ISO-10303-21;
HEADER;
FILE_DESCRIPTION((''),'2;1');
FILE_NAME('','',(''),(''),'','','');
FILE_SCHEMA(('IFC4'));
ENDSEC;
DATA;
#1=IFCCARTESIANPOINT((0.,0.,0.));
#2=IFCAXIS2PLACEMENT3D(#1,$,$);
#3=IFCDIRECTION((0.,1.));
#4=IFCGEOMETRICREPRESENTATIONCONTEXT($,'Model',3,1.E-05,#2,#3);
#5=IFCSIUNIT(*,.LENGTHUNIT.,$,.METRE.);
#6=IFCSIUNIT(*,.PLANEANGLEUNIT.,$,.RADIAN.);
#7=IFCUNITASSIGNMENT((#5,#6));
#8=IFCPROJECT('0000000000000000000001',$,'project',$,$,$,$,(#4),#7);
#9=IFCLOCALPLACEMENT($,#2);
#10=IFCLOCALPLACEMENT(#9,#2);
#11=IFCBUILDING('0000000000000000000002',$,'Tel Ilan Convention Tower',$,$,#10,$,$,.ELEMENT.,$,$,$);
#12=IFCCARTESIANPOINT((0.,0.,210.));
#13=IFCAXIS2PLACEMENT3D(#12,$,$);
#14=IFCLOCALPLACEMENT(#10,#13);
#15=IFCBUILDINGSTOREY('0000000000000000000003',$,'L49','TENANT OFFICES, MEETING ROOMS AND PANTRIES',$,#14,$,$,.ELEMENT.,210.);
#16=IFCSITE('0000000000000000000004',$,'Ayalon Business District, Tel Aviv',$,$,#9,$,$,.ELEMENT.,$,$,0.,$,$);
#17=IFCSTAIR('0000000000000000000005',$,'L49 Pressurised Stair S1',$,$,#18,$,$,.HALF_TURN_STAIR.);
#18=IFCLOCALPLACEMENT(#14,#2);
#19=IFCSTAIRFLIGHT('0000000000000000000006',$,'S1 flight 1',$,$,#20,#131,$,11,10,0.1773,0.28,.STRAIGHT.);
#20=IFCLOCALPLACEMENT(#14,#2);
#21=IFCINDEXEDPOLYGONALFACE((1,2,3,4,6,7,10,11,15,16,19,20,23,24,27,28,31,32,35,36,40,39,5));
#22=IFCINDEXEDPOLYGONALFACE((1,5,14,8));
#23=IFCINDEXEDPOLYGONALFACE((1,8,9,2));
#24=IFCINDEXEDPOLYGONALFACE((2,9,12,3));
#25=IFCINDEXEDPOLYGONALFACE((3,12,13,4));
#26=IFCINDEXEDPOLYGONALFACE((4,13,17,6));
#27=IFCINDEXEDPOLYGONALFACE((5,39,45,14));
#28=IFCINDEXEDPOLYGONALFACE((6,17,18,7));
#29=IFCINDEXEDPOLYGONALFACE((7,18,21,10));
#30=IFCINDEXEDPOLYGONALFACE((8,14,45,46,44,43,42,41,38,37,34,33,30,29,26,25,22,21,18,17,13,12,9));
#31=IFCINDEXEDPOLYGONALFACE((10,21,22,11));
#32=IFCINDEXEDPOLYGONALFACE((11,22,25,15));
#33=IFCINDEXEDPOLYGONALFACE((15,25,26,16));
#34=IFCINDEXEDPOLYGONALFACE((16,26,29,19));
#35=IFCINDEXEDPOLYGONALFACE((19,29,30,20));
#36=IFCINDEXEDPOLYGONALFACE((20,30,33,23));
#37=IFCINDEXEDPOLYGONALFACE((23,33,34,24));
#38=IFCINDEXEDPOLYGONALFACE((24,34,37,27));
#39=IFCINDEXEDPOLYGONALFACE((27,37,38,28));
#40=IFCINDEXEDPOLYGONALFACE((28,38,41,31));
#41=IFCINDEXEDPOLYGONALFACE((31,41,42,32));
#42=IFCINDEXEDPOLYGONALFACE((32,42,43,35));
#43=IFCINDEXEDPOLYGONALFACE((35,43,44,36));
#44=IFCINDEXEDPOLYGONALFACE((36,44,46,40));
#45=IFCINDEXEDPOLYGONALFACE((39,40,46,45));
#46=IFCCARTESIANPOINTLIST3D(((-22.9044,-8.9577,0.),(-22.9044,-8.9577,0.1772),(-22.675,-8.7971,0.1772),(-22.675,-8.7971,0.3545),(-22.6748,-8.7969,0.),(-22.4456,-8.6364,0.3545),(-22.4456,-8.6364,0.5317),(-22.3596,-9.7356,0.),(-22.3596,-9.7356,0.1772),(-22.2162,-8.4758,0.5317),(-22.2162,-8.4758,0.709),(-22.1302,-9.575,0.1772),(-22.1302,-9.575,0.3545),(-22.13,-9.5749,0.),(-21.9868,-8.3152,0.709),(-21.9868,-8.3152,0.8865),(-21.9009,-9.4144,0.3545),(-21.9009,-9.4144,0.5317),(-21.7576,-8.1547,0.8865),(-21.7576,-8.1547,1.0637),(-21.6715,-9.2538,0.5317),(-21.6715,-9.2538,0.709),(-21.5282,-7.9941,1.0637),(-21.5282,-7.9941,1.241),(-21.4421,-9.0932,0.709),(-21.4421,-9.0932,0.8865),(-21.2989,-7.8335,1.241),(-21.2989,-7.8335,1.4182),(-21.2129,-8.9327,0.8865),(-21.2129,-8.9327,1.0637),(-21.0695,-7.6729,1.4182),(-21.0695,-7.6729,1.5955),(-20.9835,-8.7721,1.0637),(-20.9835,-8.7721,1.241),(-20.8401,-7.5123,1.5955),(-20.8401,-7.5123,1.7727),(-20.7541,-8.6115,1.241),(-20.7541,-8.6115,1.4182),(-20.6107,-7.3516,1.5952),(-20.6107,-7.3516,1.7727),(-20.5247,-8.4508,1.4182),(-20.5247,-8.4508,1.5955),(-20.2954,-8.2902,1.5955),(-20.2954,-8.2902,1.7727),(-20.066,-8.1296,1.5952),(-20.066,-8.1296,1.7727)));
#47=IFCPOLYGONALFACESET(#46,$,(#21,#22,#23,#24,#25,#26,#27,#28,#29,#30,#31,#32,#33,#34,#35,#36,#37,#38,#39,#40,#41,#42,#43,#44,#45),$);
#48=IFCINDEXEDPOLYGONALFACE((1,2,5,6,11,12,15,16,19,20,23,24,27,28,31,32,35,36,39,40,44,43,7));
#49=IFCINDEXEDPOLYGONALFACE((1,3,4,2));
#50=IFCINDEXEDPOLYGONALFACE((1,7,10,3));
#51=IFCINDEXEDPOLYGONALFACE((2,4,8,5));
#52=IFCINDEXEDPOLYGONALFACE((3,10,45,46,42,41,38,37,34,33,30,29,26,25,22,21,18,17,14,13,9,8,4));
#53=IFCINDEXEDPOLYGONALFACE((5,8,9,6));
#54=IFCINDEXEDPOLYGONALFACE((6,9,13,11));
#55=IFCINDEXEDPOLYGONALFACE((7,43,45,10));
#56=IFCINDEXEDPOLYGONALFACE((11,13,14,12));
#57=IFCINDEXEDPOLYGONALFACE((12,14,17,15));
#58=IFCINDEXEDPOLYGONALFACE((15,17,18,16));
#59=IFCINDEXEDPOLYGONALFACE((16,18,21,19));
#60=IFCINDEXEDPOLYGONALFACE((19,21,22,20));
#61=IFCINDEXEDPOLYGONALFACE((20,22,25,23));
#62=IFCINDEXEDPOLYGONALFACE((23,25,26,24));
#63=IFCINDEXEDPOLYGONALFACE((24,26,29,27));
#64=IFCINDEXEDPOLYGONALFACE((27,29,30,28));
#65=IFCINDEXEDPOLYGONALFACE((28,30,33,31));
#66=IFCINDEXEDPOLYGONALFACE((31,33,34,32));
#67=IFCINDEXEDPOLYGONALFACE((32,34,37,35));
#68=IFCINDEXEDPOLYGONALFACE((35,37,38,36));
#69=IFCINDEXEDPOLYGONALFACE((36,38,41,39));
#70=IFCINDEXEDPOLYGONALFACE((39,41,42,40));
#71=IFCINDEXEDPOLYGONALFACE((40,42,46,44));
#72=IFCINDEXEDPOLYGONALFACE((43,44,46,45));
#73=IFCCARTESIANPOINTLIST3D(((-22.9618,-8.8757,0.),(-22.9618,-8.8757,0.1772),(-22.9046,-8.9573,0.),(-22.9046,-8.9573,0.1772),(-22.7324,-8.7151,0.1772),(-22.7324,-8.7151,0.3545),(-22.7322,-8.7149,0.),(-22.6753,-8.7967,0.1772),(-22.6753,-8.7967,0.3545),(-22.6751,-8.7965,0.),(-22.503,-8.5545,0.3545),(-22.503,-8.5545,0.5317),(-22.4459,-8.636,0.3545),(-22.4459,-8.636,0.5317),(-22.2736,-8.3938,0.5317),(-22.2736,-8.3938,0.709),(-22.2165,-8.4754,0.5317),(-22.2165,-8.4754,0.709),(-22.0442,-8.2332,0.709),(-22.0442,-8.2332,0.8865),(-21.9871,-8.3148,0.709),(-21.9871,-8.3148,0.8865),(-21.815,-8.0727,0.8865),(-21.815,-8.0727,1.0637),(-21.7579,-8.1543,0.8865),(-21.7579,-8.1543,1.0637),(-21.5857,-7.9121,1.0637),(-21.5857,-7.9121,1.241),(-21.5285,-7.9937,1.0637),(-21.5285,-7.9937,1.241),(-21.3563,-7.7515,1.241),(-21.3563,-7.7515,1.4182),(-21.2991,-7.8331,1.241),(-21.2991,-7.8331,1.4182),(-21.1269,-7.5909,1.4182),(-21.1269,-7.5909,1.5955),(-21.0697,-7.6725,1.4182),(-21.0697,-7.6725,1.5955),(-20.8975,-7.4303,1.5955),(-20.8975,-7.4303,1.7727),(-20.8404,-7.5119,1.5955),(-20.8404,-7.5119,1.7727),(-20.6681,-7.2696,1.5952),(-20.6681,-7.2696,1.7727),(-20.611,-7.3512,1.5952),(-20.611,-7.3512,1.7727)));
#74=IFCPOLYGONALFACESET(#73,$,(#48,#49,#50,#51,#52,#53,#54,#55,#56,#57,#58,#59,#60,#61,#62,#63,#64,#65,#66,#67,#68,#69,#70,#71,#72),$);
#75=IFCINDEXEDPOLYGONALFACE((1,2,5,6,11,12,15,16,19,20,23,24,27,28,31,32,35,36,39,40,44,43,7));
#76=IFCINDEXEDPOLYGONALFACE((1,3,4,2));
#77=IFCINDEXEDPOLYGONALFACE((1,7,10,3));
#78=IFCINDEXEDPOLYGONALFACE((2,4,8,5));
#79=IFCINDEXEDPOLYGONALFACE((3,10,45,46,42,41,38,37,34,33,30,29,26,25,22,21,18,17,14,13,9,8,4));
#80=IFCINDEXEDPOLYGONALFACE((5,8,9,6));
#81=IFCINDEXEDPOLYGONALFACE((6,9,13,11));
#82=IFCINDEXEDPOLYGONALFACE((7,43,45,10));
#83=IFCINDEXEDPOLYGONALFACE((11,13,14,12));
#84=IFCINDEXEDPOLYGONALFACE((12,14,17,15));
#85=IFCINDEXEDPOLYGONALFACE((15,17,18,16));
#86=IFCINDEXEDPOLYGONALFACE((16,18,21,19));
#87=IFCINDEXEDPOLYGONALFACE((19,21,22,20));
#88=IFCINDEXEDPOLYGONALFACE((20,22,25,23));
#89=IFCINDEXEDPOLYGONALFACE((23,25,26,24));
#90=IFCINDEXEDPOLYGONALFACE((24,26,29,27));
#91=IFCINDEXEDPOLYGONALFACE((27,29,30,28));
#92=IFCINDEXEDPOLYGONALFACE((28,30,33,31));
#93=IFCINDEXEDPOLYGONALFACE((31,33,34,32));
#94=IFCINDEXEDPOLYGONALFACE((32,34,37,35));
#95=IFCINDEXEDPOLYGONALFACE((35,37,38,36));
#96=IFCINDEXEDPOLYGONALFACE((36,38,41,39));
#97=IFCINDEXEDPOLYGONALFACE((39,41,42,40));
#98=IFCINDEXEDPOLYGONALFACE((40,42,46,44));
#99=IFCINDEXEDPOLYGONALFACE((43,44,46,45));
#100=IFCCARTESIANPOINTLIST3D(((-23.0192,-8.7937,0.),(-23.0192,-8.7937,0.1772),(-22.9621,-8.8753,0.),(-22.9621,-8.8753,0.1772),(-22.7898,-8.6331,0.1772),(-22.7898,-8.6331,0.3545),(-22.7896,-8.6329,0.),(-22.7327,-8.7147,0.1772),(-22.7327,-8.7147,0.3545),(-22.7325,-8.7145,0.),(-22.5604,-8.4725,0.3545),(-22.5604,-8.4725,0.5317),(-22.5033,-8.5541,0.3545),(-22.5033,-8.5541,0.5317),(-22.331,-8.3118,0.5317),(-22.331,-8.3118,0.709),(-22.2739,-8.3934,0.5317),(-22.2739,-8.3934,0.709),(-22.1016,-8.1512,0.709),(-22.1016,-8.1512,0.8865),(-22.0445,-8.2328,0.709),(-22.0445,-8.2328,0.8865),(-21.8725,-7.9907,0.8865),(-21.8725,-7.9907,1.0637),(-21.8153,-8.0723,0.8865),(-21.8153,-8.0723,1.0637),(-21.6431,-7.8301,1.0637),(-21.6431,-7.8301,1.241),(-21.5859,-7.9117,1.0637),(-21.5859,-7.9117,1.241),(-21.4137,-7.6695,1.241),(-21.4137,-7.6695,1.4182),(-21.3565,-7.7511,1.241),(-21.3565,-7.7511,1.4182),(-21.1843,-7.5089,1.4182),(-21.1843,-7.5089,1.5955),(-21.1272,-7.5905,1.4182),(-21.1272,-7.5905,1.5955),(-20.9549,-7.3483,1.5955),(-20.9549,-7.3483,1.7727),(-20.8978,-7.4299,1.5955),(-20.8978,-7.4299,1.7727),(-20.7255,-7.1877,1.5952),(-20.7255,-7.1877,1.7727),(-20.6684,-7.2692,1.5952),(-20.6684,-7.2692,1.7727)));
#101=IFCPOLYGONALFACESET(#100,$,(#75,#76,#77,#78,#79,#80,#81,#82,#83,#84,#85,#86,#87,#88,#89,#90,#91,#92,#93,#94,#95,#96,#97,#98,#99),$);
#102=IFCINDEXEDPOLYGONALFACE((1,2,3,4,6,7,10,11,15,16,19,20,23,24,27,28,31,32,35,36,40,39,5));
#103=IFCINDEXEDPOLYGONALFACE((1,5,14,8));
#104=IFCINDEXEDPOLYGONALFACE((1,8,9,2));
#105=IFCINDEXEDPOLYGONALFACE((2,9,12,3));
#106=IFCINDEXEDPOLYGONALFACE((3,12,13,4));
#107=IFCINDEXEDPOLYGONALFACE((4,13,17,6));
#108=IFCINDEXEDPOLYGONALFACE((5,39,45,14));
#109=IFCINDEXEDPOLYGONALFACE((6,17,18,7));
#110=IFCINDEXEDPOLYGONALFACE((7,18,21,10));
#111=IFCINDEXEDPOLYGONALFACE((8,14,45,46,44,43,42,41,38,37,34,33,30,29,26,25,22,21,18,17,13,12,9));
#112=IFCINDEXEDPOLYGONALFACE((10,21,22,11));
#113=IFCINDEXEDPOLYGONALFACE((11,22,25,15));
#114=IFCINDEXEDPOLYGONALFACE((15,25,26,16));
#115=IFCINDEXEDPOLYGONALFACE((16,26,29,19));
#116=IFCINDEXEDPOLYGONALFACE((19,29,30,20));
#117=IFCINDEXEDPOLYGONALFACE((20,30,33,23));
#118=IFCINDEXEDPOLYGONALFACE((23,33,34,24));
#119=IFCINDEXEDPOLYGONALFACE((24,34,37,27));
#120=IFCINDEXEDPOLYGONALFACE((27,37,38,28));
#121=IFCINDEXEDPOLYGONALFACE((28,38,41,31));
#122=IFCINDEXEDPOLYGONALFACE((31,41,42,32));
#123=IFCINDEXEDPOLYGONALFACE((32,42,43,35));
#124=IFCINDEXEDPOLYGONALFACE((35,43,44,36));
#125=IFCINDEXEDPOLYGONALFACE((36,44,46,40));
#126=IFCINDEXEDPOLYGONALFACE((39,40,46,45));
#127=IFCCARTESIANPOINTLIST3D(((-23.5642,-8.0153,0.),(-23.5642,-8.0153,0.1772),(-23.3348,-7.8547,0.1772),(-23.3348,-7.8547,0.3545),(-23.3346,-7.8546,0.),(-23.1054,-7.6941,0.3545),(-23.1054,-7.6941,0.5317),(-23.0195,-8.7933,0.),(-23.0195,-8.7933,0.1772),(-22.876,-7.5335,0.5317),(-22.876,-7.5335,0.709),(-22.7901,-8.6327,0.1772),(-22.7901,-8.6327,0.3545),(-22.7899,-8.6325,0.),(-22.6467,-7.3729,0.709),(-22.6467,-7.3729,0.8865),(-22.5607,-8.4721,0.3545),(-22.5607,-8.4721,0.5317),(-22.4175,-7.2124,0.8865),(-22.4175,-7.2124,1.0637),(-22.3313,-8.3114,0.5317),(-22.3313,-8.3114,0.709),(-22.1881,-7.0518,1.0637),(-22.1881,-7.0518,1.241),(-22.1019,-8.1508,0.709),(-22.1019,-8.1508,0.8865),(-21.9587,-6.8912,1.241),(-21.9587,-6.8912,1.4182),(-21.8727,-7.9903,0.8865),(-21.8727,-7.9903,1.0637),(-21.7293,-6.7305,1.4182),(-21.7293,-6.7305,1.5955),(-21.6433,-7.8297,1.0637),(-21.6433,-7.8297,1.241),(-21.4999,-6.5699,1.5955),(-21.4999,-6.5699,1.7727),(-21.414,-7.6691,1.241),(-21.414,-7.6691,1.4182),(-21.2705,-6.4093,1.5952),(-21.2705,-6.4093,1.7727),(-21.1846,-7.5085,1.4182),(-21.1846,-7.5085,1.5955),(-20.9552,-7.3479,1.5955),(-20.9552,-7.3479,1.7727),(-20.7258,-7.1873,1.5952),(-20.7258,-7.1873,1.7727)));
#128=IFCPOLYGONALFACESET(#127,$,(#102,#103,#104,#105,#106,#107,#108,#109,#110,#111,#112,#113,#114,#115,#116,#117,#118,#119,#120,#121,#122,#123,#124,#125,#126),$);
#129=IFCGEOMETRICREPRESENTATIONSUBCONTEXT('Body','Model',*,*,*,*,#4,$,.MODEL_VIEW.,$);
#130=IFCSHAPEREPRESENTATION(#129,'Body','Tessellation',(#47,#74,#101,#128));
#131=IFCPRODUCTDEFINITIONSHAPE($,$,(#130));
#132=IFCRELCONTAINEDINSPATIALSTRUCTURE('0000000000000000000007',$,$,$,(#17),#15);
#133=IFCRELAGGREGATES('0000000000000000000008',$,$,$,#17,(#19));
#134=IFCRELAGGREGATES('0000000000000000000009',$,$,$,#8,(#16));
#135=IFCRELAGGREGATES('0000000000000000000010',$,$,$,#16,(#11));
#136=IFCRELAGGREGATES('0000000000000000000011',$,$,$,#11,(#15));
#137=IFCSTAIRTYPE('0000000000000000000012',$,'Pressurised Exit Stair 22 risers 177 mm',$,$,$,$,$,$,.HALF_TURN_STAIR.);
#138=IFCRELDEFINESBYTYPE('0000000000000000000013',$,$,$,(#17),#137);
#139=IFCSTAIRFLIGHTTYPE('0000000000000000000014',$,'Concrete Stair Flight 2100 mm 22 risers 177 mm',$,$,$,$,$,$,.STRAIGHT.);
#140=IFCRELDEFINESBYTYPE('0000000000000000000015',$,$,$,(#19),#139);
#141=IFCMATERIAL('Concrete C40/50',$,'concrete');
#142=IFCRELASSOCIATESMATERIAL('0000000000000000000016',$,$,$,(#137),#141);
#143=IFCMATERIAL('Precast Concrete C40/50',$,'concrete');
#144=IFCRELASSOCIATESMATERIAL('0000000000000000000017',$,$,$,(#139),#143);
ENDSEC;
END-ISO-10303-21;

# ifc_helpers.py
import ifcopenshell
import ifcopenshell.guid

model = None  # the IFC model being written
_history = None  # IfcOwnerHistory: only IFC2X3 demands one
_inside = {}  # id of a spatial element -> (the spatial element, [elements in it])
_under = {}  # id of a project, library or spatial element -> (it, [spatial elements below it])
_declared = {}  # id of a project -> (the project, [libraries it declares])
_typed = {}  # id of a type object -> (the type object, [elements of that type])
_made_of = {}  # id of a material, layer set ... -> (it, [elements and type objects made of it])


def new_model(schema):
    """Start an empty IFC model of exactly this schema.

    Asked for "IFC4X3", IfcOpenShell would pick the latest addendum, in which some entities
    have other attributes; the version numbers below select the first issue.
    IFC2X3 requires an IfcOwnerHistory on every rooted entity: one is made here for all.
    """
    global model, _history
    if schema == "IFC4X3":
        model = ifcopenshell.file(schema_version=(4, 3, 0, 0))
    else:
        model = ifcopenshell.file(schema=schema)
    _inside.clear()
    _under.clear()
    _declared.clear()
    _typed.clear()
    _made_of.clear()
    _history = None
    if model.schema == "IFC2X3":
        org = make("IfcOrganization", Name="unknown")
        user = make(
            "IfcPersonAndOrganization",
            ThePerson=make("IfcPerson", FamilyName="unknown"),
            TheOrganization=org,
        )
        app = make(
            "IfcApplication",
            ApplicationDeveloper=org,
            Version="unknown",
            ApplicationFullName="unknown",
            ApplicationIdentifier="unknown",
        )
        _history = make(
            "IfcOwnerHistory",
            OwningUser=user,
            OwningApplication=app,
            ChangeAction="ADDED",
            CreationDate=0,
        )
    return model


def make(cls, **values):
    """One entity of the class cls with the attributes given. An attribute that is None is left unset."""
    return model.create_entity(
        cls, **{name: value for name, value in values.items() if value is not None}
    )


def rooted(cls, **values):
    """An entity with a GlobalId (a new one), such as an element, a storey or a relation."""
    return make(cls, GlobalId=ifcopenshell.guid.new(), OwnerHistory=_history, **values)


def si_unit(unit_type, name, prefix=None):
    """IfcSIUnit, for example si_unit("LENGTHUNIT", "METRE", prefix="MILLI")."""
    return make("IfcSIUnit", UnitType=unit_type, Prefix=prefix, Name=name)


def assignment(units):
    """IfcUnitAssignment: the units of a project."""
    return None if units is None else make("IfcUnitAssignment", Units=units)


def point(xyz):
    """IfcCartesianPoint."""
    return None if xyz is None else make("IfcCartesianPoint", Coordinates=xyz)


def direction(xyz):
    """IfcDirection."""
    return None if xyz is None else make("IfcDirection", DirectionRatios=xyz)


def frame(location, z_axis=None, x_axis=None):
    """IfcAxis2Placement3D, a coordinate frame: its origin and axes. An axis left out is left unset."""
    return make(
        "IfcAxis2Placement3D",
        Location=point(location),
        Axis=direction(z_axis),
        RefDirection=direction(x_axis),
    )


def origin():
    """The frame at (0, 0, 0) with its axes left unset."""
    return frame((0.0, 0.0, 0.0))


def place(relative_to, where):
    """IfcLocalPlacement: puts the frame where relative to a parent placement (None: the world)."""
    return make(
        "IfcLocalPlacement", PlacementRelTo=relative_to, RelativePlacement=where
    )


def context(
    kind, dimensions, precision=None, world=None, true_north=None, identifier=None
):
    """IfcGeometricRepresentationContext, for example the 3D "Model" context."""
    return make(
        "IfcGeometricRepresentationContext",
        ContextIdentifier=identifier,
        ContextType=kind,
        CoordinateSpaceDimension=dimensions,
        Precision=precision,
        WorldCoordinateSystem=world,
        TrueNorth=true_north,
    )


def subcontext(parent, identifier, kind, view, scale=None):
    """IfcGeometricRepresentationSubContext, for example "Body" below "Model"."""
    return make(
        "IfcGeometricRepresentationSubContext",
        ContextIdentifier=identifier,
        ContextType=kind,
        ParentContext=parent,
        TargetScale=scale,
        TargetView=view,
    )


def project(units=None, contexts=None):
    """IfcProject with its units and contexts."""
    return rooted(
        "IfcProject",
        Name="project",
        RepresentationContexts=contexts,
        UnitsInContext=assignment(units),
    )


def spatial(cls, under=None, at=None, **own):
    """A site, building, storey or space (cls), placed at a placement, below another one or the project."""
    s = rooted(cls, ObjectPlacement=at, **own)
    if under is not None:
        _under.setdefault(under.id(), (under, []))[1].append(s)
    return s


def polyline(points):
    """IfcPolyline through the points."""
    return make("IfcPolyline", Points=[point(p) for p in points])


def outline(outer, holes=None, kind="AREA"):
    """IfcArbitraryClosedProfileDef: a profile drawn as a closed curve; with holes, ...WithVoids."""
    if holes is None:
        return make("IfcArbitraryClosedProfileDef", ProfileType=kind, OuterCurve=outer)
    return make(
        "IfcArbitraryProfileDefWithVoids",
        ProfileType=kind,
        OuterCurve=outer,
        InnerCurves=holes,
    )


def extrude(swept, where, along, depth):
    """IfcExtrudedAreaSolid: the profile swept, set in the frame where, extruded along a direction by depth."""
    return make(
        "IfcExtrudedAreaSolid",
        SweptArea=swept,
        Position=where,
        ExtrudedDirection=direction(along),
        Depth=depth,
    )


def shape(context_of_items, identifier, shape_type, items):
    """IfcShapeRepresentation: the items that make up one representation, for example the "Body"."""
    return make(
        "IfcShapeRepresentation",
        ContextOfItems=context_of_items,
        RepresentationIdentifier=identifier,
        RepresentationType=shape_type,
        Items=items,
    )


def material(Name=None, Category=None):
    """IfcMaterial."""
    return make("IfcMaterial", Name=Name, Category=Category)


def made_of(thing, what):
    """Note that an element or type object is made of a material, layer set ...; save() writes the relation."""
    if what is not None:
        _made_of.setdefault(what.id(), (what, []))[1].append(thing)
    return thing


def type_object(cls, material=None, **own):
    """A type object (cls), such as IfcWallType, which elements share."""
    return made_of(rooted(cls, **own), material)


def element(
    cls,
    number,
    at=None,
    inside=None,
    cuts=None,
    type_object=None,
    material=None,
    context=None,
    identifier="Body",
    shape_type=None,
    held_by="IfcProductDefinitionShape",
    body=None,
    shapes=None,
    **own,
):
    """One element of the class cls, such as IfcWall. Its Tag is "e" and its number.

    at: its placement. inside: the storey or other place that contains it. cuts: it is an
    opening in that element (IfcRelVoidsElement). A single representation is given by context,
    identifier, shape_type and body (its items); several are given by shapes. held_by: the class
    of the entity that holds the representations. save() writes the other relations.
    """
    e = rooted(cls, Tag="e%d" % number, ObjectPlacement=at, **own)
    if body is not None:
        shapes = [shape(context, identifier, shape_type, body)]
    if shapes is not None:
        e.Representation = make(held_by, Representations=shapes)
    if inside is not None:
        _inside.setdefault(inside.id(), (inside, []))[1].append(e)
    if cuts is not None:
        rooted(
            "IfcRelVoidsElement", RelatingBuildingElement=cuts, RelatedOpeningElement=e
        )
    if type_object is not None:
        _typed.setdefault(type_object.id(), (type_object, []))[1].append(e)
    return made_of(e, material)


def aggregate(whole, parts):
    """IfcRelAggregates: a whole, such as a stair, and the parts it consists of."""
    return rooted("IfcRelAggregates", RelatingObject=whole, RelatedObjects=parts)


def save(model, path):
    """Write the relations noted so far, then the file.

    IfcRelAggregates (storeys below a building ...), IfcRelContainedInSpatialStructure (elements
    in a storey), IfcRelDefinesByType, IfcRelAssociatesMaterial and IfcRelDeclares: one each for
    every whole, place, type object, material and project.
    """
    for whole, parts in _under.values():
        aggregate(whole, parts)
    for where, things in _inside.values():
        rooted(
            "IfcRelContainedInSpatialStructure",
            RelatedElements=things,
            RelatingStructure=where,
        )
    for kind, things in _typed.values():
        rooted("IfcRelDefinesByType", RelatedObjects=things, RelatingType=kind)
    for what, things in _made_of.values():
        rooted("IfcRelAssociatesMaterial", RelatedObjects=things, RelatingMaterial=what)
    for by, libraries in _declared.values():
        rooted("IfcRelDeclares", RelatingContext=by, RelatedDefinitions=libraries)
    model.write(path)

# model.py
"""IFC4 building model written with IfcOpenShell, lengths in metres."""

from ifc_helpers import new_model, si_unit, direction, frame, origin, place, context, subcontext, project, spatial, polyline, outline, extrude, material, type_object, element, aggregate, save


model = new_model("IFC4")

# Units and contexts
model_context = context("Model", 3, precision=1e-05, world=origin(), true_north=direction((0.0, 1.0)))
body_context = subcontext(model_context, "Body", "Model", "MODEL_VIEW")
ifc_project = project(units=[si_unit("LENGTHUNIT", "METRE"), si_unit("PLANEANGLEUNIT", "RADIAN")], contexts=[model_context])

# Site, building, storey
site_placement = place(None, origin())
site = spatial("IfcSite", under=ifc_project, at=site_placement, Name="Ayalon Business District, Tel Aviv", CompositionType="ELEMENT", RefElevation=0.0)
building_placement = place(site_placement, origin())
building = spatial("IfcBuilding", under=site, at=building_placement, Name="Tel Ilan Convention Tower", CompositionType="ELEMENT")
storey_placement = place(building_placement, frame((0.0, 0.0, 210.0)))
storey = spatial("IfcBuildingStorey", under=building, at=storey_placement, Name="L49", Description="TENANT OFFICES, MEETING ROOMS AND PANTRIES", CompositionType="ELEMENT", Elevation=210.0)

# Stair, stair flight
ifc_material_1 = material(Name="Concrete C40/50", Category="concrete")
stair_type = type_object("IfcStairType", Name="Pressurised Exit Stair 22 risers 177 mm", PredefinedType="HALF_TURN_STAIR", material=ifc_material_1)
stair_1_placement = place(storey_placement, origin())
stair_1 = element("IfcStair", 1, at=stair_1_placement, inside=storey, type_object=stair_type, Name="L49 Pressurised Stair S1", PredefinedType="HALF_TURN_STAIR")
ifc_material_2 = material(Name="Precast Concrete C40/50", Category="concrete")
stair_flight_type = type_object("IfcStairFlightType", Name="Concrete Stair Flight 2100 mm 22 risers 177 mm", PredefinedType="STRAIGHT", material=ifc_material_2)
stair_flight_1_placement = place(storey_placement, frame((-22.9619, -8.8755, 0.0), z_axis=(0.0, 0.0, 1.0), x_axis=(0.819152, 0.573576, 0.0)))
stair_flight_1 = element("IfcStairFlight", 2, at=stair_flight_1_placement, type_object=stair_flight_type, Name="S1 flight 1", NumberOfRisers=11, NumberOfTreads=10, PredefinedType="STRAIGHT", RiserHeight=0.1773, TreadLength=0.28, context=body_context, shape_type="SweptSolid", body=[
    extrude(outline(polyline([(0.0, 0.0), (0.0, 0.1772), (0.28, 0.1772), (0.28, 0.3545), (0.5601, 0.3545), (0.5601, 0.5317), (0.8401, 0.5317), (0.8401, 0.709), (1.1201, 0.709), (1.1201, 0.8865), (1.3999, 0.8865), (1.3999, 1.0637), (1.6799, 1.0637), (1.6799, 1.241), (1.96, 1.241), (1.96, 1.4182), (2.24, 1.4182), (2.24, 1.5955), (2.52, 1.5955), (2.52, 1.7727), (2.8, 1.7727), (2.8, 1.95), (2.8, 1.5952), (0.2803, 0.0), (0.0, 0.0)])), frame((0.0, -0.1003, 0.0), z_axis=(0.0, -1.0, 0.0), x_axis=(1.0, 0.0, 0.0)), (0.0, 0.0, 1.0), 0.9497),
    extrude(outline(polyline([(0.0, 0.0), (0.0, 0.1772), (0.28, 0.1772), (0.28, 0.3545), (0.5601, 0.3545), (0.5601, 0.5317), (0.8401, 0.5317), (0.8401, 0.709), (1.1201, 0.709), (1.1201, 0.8865), (1.3999, 0.8865), (1.3999, 1.0637), (1.6799, 1.0637), (1.6799, 1.241), (1.96, 1.241), (1.96, 1.4182), (2.24, 1.4182), (2.24, 1.5955), (2.52, 1.5955), (2.52, 1.7727), (2.8, 1.7727), (2.8, 1.95), (2.8, 1.5952), (0.2803, 0.0), (0.0, 0.0)])), frame((0.0, -0.0002, 0.0), z_axis=(0.0, -1.0, 0.0), x_axis=(1.0, 0.0, 0.0)), (0.0, 0.0, 1.0), 0.0996),
    extrude(outline(polyline([(0.0, 0.0), (0.0, 0.1772), (0.28, 0.1772), (0.28, 0.3545), (0.5601, 0.3545), (0.5601, 0.5317), (0.8401, 0.5317), (0.8401, 0.709), (1.1201, 0.709), (1.1201, 0.8865), (1.3999, 0.8865), (1.3999, 1.0637), (1.6799, 1.0637), (1.6799, 1.241), (1.96, 1.241), (1.96, 1.4182), (2.24, 1.4182), (2.24, 1.5955), (2.52, 1.5955), (2.52, 1.7727), (2.8, 1.7727), (2.8, 1.95), (2.8, 1.5952), (0.2803, 0.0), (0.0, 0.0)])), frame((0.0, 0.0999, 0.0), z_axis=(0.0, -1.0, 0.0), x_axis=(1.0, 0.0, 0.0)), (0.0, 0.0, 1.0), 0.0996),
    extrude(outline(polyline([(0.0, 0.0), (0.0, 0.1772), (0.28, 0.1772), (0.28, 0.3545), (0.5601, 0.3545), (0.5601, 0.5317), (0.8401, 0.5317), (0.8401, 0.709), (1.1201, 0.709), (1.1201, 0.8865), (1.3999, 0.8865), (1.3999, 1.0637), (1.6799, 1.0637), (1.6799, 1.241), (1.96, 1.241), (1.96, 1.4182), (2.24, 1.4182), (2.24, 1.5955), (2.52, 1.5955), (2.52, 1.7727), (2.8, 1.7727), (2.8, 1.95), (2.8, 1.5952), (0.2803, 0.0), (0.0, 0.0)])), frame((0.0, 1.05, 0.0), z_axis=(0.0, -1.0, 0.0), x_axis=(1.0, 0.0, 0.0)), (0.0, 0.0, 1.0), 0.9497),
])
aggregate(stair_1, [stair_flight_1])

save(model, "model.ifc")
